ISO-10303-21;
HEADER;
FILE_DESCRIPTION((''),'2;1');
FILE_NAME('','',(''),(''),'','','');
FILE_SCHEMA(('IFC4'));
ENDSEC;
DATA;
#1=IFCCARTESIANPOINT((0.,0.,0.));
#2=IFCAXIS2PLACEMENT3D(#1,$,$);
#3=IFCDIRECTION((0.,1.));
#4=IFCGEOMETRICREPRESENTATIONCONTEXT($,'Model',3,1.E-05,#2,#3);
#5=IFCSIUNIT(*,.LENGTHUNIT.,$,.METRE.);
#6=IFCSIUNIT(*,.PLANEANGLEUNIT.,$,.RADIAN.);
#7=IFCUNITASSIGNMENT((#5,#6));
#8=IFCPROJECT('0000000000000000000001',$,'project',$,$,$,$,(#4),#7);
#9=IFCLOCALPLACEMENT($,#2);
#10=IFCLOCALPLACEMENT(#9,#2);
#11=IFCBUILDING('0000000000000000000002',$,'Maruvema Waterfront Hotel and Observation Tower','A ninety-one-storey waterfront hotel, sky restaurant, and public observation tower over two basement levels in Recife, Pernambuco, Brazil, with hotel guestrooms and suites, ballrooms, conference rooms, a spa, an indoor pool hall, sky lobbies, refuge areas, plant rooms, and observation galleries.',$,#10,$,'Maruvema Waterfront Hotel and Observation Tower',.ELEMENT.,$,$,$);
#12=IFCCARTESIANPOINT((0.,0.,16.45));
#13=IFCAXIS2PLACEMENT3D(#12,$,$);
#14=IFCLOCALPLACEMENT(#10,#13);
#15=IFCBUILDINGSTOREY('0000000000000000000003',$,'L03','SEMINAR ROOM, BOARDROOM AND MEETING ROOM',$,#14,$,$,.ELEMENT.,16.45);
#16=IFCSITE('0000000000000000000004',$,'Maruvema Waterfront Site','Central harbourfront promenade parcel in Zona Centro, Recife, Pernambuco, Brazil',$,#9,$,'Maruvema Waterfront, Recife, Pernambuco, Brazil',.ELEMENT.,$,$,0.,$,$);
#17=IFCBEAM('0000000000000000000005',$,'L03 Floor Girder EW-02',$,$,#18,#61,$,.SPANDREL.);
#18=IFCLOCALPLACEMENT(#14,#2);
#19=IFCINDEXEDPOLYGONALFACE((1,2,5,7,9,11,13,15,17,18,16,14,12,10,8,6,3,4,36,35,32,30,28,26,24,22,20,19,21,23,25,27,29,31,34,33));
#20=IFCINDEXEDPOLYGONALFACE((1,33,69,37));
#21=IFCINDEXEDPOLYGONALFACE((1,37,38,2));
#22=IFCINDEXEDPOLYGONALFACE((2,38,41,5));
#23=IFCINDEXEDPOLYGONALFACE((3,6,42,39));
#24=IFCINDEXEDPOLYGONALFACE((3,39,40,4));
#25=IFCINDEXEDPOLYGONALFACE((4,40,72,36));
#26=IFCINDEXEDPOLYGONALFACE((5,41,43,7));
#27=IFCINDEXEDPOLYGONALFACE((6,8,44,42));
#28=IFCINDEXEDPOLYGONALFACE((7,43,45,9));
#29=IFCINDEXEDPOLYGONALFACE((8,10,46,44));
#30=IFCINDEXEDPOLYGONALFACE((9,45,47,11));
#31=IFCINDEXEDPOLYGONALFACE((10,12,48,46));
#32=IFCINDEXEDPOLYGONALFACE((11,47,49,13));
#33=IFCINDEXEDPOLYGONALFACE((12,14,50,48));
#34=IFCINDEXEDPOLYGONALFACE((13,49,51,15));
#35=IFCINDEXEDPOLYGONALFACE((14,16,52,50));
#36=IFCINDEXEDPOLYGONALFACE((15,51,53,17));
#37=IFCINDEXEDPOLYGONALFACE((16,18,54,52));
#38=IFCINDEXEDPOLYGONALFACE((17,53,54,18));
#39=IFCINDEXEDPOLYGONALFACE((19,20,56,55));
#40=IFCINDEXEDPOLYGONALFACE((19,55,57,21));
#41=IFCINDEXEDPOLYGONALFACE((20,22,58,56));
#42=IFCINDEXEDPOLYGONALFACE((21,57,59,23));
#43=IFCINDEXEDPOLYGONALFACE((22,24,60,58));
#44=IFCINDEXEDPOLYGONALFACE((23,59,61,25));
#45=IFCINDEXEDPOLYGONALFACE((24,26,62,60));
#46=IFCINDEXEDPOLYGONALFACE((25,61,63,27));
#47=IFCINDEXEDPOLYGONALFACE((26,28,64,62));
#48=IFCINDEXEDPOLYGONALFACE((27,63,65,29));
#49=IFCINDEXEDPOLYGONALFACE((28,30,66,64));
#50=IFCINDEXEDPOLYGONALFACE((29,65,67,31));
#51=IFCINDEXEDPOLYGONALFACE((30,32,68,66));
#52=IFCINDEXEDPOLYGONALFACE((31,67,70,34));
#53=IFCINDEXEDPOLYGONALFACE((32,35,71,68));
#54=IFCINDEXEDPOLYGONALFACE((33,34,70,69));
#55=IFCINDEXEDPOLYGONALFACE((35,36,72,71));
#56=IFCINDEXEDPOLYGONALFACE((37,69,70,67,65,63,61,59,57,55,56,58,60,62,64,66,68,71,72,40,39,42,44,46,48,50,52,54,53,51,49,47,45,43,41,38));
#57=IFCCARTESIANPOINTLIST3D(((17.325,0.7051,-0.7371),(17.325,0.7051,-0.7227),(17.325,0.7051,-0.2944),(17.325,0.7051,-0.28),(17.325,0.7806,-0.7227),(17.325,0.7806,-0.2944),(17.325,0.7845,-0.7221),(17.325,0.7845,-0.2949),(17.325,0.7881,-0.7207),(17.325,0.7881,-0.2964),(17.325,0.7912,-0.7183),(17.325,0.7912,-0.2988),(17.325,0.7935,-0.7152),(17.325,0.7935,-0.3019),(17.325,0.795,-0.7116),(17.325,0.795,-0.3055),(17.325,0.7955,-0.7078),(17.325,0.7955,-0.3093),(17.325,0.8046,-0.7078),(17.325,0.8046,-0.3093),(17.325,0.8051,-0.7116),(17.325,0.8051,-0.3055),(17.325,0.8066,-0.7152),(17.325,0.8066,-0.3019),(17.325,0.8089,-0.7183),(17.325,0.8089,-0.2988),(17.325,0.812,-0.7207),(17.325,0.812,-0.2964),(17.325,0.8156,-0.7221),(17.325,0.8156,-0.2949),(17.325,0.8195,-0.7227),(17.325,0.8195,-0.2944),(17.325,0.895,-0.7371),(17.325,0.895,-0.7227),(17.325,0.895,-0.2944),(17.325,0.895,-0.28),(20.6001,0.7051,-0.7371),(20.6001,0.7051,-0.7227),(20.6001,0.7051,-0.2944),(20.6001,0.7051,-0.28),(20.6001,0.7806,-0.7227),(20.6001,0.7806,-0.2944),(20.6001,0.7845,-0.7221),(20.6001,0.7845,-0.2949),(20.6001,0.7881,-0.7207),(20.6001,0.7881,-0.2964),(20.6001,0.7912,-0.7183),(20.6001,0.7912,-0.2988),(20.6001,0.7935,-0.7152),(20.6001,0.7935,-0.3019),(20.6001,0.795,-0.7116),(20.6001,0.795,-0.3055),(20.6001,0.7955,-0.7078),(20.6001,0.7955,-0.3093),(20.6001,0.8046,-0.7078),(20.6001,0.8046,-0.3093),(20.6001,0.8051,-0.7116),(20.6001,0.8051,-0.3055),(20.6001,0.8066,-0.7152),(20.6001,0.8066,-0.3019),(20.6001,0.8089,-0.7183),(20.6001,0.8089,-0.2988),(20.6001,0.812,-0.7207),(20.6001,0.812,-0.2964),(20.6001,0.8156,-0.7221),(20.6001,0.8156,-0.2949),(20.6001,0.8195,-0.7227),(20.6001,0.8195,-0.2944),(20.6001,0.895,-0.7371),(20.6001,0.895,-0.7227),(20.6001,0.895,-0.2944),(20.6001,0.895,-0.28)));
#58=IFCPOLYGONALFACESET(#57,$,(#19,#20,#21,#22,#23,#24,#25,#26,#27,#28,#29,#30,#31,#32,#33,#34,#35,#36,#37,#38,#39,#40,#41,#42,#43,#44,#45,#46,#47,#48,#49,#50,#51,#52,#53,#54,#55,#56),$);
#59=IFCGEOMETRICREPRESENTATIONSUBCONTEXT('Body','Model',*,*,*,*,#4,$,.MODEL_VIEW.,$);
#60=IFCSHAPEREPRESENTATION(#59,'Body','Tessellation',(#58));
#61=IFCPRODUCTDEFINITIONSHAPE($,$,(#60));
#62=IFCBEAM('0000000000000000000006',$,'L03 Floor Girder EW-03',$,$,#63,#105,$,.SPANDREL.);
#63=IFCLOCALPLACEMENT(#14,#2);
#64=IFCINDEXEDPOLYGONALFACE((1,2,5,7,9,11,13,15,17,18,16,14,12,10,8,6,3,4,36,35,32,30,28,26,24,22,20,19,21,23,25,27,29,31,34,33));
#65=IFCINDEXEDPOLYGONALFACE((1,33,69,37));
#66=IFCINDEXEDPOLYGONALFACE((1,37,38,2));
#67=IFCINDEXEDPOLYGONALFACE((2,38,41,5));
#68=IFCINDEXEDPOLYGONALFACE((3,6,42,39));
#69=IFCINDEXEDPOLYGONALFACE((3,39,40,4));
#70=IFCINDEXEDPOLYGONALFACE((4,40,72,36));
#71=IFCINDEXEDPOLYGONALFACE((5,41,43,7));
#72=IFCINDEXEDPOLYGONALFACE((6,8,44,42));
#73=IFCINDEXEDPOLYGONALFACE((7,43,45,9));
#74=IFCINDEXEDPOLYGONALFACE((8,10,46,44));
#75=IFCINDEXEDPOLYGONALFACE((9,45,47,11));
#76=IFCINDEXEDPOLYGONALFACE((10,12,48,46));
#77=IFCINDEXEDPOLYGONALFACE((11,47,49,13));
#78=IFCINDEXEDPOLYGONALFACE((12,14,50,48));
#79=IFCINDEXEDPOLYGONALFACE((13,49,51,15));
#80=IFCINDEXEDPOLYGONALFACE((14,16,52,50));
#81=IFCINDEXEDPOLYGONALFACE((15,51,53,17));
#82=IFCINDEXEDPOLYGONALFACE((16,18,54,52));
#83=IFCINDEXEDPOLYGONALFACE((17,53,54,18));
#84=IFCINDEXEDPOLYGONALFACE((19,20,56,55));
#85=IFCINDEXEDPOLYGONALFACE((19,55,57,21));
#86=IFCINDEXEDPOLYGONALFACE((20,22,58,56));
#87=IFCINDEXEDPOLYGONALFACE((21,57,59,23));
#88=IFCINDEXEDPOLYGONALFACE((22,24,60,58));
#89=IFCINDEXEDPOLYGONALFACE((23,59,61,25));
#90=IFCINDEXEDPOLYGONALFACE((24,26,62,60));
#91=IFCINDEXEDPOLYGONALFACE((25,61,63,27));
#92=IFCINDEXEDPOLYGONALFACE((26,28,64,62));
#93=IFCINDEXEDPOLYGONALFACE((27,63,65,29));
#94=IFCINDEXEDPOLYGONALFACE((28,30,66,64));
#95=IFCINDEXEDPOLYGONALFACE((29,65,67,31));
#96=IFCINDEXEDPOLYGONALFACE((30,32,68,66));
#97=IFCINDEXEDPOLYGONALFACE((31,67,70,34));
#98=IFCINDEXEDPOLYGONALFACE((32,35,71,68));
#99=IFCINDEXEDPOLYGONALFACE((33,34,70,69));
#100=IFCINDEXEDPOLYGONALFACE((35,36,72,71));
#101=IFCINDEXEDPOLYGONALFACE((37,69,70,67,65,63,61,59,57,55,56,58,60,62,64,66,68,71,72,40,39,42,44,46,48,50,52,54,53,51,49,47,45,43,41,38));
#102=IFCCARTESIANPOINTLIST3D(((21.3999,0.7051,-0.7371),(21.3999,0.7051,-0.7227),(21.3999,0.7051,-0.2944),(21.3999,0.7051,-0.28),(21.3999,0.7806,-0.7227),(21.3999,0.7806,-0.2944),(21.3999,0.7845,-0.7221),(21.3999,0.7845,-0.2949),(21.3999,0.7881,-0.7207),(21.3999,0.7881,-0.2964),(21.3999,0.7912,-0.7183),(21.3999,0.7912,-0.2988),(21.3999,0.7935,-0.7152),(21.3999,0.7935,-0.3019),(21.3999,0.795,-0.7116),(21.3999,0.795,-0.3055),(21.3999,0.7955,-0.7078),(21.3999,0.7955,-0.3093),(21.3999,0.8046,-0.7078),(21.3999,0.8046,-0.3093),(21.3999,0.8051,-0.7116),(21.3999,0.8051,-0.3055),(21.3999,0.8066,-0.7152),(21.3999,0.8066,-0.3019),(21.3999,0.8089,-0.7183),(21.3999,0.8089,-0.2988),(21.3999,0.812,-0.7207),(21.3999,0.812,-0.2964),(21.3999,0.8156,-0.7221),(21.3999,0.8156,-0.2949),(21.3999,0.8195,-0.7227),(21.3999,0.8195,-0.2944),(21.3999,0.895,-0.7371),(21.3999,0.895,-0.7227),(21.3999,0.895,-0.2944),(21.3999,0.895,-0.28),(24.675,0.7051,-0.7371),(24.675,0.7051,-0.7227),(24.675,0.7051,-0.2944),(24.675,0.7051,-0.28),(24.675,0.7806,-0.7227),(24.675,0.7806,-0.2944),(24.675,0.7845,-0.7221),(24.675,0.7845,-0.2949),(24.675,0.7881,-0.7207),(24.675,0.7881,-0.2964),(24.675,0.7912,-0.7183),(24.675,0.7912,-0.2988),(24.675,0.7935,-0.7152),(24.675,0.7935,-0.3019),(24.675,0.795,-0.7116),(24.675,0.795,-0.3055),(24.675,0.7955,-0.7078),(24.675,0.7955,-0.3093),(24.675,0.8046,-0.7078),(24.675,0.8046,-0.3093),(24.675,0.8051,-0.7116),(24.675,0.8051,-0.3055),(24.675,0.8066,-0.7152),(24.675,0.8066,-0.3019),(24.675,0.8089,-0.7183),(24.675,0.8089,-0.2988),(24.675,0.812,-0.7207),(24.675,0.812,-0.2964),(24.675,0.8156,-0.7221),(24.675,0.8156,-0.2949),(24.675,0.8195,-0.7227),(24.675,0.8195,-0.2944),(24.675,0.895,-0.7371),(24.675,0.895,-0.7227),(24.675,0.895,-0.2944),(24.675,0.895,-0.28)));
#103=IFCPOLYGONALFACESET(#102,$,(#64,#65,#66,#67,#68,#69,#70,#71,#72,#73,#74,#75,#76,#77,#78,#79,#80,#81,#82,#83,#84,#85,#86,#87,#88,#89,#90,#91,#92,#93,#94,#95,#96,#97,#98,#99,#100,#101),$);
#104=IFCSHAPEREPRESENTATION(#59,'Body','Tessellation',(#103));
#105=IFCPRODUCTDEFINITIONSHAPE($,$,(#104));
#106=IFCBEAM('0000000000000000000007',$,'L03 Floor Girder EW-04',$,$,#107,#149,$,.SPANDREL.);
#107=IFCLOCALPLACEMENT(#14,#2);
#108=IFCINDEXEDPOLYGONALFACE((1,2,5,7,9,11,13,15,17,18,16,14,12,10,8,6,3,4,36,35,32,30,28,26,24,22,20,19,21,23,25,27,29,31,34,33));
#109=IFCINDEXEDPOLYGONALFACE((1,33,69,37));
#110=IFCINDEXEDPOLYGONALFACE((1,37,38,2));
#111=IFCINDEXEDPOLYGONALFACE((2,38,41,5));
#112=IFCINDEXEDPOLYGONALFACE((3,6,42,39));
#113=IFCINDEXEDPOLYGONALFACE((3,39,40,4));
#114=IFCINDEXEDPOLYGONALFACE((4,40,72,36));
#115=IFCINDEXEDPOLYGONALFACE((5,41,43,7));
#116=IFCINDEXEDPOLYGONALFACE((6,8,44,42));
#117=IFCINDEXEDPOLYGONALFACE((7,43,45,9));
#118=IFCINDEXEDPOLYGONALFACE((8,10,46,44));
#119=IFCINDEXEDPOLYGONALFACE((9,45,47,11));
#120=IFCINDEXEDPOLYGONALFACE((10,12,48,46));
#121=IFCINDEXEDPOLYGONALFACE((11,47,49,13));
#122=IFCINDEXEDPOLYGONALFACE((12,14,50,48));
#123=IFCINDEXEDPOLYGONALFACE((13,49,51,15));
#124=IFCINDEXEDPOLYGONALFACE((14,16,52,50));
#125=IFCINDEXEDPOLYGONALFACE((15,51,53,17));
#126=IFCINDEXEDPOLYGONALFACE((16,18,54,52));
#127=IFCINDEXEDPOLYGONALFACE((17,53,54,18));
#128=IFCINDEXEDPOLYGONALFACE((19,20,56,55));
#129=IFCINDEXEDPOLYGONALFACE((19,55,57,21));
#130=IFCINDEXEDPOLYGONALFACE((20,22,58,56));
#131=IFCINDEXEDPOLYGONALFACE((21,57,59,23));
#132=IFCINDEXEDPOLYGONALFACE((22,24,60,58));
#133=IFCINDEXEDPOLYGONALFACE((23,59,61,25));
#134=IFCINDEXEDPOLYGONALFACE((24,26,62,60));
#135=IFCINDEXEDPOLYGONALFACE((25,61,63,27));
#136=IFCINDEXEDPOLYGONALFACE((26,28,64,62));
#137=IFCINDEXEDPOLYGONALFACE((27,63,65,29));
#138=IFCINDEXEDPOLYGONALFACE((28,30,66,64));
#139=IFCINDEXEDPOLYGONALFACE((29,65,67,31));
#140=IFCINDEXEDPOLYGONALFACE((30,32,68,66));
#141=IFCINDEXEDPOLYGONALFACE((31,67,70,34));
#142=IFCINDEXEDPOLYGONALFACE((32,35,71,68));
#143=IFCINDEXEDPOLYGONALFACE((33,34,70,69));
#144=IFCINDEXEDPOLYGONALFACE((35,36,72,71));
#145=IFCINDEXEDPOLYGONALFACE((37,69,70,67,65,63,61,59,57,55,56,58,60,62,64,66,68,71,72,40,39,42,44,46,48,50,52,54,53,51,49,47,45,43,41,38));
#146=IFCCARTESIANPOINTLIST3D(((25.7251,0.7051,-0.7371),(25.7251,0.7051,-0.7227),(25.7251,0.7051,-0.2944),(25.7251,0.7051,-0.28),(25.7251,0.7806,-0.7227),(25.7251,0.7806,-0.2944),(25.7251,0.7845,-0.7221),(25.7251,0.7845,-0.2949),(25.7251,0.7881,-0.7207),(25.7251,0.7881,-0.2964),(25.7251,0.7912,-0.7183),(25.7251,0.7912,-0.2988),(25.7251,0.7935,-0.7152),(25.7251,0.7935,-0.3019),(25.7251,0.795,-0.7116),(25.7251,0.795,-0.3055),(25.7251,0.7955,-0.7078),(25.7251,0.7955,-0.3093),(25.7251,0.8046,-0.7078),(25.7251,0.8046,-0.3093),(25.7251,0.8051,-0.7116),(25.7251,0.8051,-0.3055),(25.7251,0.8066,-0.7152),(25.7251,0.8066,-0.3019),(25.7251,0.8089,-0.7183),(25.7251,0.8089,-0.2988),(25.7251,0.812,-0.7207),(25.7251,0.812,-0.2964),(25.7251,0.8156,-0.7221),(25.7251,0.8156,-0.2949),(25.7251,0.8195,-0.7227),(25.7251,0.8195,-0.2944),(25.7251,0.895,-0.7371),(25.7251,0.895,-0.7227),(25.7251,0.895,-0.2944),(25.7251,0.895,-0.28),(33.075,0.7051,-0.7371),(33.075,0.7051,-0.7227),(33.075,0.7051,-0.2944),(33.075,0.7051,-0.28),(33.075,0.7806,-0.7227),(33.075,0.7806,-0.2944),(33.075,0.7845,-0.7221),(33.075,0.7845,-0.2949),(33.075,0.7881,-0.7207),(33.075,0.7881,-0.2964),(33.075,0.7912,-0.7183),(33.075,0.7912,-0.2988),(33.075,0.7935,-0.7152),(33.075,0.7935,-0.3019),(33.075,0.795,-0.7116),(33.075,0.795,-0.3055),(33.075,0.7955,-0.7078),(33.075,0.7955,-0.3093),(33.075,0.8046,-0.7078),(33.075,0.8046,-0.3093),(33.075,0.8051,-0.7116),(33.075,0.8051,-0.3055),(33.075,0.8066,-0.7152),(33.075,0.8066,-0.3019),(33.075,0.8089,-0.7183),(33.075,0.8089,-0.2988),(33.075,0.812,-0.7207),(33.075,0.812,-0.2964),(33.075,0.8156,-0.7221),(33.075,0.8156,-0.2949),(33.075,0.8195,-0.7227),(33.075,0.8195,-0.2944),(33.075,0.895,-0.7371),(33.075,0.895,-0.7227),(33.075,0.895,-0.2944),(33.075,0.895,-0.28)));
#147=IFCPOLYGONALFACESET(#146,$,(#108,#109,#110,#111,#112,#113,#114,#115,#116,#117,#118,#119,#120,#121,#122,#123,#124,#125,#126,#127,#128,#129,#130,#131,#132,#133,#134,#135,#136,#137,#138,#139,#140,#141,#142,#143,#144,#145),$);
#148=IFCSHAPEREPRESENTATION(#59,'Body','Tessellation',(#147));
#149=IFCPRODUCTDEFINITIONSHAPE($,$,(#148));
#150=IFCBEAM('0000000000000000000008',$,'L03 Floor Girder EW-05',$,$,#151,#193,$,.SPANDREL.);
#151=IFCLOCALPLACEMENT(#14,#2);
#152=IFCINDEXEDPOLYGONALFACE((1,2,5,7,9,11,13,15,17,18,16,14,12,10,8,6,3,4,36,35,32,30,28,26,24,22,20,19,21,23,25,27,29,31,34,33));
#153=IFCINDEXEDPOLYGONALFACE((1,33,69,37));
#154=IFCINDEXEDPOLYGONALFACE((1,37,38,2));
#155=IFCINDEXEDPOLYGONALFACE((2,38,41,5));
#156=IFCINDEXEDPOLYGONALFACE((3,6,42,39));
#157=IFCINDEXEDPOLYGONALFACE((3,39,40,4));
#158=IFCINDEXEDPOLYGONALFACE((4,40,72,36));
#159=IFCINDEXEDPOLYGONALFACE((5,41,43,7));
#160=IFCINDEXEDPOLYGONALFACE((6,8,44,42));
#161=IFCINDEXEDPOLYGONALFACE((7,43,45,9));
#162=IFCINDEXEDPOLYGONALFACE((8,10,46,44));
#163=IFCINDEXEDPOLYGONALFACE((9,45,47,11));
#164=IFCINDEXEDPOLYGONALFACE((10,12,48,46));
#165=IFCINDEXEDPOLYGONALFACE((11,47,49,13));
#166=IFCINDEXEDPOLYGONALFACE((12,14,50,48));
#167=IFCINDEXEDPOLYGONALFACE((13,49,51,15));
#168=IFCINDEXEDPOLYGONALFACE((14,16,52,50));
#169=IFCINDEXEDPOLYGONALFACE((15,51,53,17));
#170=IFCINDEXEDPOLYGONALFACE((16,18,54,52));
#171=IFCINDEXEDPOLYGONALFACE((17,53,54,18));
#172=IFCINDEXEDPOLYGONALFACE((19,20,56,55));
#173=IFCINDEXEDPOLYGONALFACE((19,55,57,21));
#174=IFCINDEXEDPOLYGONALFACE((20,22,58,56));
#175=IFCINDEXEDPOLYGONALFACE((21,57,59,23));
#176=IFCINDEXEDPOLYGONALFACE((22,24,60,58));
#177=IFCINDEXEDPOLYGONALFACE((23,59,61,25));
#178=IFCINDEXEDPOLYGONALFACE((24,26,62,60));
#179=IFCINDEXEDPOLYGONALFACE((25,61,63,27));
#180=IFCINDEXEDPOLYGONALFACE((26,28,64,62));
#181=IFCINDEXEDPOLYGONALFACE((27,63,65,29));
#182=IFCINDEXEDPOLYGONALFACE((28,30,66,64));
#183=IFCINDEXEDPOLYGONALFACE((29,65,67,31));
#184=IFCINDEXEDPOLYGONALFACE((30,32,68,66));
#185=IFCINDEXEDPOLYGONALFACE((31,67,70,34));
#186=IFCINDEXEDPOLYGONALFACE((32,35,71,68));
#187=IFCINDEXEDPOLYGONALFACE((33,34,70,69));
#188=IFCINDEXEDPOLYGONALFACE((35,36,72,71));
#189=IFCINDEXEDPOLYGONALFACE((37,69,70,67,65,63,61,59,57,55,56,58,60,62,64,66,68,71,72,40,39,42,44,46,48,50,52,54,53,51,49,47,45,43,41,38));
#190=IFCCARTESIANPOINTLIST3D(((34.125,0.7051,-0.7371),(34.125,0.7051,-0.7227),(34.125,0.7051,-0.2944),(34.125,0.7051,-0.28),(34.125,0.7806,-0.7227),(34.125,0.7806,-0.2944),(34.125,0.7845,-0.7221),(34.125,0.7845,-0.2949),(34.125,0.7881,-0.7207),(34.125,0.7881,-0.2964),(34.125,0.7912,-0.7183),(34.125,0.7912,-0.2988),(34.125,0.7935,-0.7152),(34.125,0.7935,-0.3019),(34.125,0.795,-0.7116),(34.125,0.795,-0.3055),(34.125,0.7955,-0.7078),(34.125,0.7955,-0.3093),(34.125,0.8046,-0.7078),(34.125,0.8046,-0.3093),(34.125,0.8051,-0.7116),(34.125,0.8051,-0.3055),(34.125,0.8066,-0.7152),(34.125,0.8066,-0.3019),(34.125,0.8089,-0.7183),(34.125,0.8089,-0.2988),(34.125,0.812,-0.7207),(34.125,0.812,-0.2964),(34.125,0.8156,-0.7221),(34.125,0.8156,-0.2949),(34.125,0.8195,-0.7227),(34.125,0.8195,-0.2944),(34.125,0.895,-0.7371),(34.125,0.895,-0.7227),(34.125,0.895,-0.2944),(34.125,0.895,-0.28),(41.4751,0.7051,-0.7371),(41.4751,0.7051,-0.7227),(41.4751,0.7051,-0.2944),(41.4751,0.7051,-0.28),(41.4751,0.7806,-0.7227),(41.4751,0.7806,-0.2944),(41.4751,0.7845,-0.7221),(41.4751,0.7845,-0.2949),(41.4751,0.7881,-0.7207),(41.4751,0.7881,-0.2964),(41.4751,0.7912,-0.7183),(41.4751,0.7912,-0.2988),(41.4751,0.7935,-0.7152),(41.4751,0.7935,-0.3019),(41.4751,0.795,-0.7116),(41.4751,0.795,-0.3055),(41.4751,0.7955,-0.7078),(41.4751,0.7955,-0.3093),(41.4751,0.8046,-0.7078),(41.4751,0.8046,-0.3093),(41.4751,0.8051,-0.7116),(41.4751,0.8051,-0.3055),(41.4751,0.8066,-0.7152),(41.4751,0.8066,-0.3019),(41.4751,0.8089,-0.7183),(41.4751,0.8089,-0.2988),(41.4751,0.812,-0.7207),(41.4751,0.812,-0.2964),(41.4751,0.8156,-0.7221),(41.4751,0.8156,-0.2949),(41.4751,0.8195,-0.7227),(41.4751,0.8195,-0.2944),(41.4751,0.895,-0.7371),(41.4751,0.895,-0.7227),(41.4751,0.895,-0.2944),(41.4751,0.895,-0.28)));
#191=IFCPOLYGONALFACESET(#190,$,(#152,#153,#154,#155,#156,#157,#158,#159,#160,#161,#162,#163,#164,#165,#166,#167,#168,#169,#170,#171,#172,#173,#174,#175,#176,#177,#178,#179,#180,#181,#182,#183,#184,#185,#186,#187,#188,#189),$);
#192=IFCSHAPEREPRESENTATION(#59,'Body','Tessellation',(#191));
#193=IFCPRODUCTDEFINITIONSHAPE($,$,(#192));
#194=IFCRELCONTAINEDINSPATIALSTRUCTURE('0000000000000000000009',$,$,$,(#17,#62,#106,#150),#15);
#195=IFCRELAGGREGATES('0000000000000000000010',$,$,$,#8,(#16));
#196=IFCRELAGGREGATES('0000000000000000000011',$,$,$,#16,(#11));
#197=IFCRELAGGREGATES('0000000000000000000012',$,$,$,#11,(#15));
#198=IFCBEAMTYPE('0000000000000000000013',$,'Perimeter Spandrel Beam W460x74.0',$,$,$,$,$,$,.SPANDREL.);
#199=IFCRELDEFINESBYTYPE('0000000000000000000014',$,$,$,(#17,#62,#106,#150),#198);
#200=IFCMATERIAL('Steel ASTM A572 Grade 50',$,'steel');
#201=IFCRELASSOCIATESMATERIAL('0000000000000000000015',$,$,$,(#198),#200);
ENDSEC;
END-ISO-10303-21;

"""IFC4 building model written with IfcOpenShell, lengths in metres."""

from ifc_helpers import new_model, si_unit, direction, frame, origin, origin_2d, place, context, subcontext, project, spatial, i_section, extrude, material, material_profile, profile_set, type_object, element, save


model = new_model("IFC4")

# Units and contexts
model_context = context("Model", 3, precision=1e-05, world=origin(), true_north=direction((0.0, 1.0)))
body_context = subcontext(model_context, "Body", "Model", "MODEL_VIEW")
ifc_project = project(units=[si_unit("LENGTHUNIT", "METRE"), si_unit("PLANEANGLEUNIT", "RADIAN")], contexts=[model_context])

# Site, building, storey
site_placement = place(None, origin())
site = spatial("IfcSite", under=ifc_project, at=site_placement, Name="Maruvema Waterfront Site", Description="Central harbourfront promenade parcel in Zona Centro, Recife, Pernambuco, Brazil", LongName="Maruvema Waterfront, Recife, Pernambuco, Brazil", CompositionType="ELEMENT", RefElevation=0.0)
building_placement = place(site_placement, origin())
building = spatial("IfcBuilding", under=site, at=building_placement, Name="Maruvema Waterfront Hotel and Observation Tower", Description="A ninety-one-storey waterfront hotel, sky restaurant, and public observation tower over two basement levels in Recife, Pernambuco, Brazil, with hotel guestrooms and suites, ballrooms, conference rooms, a spa, an indoor pool hall, sky lobbies, refuge areas, plant rooms, and observation galleries.", LongName="Maruvema Waterfront Hotel and Observation Tower", CompositionType="ELEMENT")
storey_placement = place(building_placement, frame((0.0, 0.0, 16.45)))
storey = spatial("IfcBuildingStorey", under=building, at=storey_placement, Name="L03", Description="SEMINAR ROOM, BOARDROOM AND MEETING ROOM", CompositionType="ELEMENT", Elevation=16.45)

# Beams
ifc_material_1 = material(Name="Steel ASTM A572 Grade 50", Category="steel")
ifc_material_profile_1 = material_profile(ifc_material_1, i_section(OverallWidth=0.1899, OverallDepth=0.457, WebThickness=0.009, FlangeThickness=0.0144, FilletRadius=0.0149, at=origin_2d()), Name="W460x74.0")
ifc_profile_set_1 = profile_set([ifc_material_profile_1], Name="Steel ASTM A572 Grade 50")
beam_type_1 = type_object("IfcBeamType", Name="Perimeter Spandrel Beam W460x74.0", PredefinedType="SPANDREL", material=ifc_profile_set_1)
for number, where, z_axis, x_axis, name in (
    (1, (17.325, 0.8, -0.5085), (1.0, 0.0, 0.0), (0.0, 1.0, 0.0), "L03 Floor Girder EW-02"),
    (2, (21.3999, 0.8, -0.5085), (1.0, 0.0, 0.0), (0.0, 1.0, 0.0), "L03 Floor Girder EW-03"),
):
    element("IfcBeam", number, at=place(storey_placement, frame(where, z_axis=z_axis, x_axis=x_axis)), inside=storey, type_object=beam_type_1, Name=name, PredefinedType="SPANDREL", context=body_context, shape_type="SweptSolid", body=[
        extrude(i_section(OverallWidth=0.1899, OverallDepth=0.457, WebThickness=0.009, FlangeThickness=0.0144, FilletRadius=0.0149, at=origin_2d()), origin(), (0.0, 0.0, 1.0), 3.2751),
    ])
beam_1_placement = place(storey_placement, frame((25.7251, 0.8, -0.5085), z_axis=(1.0, 0.0, 0.0), x_axis=(0.0, 1.0, 0.0)))
element("IfcBeam", 3, at=beam_1_placement, inside=storey, type_object=beam_type_1, Name="L03 Floor Girder EW-04", PredefinedType="SPANDREL", context=body_context, shape_type="SweptSolid", body=[
    extrude(i_section(OverallWidth=0.1899, OverallDepth=0.457, WebThickness=0.009, FlangeThickness=0.0144, FilletRadius=0.0149, at=origin_2d()), origin(), (0.0, 0.0, 1.0), 7.3499),
])
beam_2_placement = place(storey_placement, frame((34.125, 0.8, -0.5085), z_axis=(1.0, 0.0, 0.0), x_axis=(0.0, 1.0, 0.0)))
element("IfcBeam", 4, at=beam_2_placement, inside=storey, type_object=beam_type_1, Name="L03 Floor Girder EW-05", PredefinedType="SPANDREL", context=body_context, shape_type="SweptSolid", body=[
    extrude(i_section(OverallWidth=0.1899, OverallDepth=0.457, WebThickness=0.009, FlangeThickness=0.0144, FilletRadius=0.0149, at=origin_2d()), origin(), (0.0, 0.0, 1.0), 7.3501),
])

save(model, "model.ifc")
